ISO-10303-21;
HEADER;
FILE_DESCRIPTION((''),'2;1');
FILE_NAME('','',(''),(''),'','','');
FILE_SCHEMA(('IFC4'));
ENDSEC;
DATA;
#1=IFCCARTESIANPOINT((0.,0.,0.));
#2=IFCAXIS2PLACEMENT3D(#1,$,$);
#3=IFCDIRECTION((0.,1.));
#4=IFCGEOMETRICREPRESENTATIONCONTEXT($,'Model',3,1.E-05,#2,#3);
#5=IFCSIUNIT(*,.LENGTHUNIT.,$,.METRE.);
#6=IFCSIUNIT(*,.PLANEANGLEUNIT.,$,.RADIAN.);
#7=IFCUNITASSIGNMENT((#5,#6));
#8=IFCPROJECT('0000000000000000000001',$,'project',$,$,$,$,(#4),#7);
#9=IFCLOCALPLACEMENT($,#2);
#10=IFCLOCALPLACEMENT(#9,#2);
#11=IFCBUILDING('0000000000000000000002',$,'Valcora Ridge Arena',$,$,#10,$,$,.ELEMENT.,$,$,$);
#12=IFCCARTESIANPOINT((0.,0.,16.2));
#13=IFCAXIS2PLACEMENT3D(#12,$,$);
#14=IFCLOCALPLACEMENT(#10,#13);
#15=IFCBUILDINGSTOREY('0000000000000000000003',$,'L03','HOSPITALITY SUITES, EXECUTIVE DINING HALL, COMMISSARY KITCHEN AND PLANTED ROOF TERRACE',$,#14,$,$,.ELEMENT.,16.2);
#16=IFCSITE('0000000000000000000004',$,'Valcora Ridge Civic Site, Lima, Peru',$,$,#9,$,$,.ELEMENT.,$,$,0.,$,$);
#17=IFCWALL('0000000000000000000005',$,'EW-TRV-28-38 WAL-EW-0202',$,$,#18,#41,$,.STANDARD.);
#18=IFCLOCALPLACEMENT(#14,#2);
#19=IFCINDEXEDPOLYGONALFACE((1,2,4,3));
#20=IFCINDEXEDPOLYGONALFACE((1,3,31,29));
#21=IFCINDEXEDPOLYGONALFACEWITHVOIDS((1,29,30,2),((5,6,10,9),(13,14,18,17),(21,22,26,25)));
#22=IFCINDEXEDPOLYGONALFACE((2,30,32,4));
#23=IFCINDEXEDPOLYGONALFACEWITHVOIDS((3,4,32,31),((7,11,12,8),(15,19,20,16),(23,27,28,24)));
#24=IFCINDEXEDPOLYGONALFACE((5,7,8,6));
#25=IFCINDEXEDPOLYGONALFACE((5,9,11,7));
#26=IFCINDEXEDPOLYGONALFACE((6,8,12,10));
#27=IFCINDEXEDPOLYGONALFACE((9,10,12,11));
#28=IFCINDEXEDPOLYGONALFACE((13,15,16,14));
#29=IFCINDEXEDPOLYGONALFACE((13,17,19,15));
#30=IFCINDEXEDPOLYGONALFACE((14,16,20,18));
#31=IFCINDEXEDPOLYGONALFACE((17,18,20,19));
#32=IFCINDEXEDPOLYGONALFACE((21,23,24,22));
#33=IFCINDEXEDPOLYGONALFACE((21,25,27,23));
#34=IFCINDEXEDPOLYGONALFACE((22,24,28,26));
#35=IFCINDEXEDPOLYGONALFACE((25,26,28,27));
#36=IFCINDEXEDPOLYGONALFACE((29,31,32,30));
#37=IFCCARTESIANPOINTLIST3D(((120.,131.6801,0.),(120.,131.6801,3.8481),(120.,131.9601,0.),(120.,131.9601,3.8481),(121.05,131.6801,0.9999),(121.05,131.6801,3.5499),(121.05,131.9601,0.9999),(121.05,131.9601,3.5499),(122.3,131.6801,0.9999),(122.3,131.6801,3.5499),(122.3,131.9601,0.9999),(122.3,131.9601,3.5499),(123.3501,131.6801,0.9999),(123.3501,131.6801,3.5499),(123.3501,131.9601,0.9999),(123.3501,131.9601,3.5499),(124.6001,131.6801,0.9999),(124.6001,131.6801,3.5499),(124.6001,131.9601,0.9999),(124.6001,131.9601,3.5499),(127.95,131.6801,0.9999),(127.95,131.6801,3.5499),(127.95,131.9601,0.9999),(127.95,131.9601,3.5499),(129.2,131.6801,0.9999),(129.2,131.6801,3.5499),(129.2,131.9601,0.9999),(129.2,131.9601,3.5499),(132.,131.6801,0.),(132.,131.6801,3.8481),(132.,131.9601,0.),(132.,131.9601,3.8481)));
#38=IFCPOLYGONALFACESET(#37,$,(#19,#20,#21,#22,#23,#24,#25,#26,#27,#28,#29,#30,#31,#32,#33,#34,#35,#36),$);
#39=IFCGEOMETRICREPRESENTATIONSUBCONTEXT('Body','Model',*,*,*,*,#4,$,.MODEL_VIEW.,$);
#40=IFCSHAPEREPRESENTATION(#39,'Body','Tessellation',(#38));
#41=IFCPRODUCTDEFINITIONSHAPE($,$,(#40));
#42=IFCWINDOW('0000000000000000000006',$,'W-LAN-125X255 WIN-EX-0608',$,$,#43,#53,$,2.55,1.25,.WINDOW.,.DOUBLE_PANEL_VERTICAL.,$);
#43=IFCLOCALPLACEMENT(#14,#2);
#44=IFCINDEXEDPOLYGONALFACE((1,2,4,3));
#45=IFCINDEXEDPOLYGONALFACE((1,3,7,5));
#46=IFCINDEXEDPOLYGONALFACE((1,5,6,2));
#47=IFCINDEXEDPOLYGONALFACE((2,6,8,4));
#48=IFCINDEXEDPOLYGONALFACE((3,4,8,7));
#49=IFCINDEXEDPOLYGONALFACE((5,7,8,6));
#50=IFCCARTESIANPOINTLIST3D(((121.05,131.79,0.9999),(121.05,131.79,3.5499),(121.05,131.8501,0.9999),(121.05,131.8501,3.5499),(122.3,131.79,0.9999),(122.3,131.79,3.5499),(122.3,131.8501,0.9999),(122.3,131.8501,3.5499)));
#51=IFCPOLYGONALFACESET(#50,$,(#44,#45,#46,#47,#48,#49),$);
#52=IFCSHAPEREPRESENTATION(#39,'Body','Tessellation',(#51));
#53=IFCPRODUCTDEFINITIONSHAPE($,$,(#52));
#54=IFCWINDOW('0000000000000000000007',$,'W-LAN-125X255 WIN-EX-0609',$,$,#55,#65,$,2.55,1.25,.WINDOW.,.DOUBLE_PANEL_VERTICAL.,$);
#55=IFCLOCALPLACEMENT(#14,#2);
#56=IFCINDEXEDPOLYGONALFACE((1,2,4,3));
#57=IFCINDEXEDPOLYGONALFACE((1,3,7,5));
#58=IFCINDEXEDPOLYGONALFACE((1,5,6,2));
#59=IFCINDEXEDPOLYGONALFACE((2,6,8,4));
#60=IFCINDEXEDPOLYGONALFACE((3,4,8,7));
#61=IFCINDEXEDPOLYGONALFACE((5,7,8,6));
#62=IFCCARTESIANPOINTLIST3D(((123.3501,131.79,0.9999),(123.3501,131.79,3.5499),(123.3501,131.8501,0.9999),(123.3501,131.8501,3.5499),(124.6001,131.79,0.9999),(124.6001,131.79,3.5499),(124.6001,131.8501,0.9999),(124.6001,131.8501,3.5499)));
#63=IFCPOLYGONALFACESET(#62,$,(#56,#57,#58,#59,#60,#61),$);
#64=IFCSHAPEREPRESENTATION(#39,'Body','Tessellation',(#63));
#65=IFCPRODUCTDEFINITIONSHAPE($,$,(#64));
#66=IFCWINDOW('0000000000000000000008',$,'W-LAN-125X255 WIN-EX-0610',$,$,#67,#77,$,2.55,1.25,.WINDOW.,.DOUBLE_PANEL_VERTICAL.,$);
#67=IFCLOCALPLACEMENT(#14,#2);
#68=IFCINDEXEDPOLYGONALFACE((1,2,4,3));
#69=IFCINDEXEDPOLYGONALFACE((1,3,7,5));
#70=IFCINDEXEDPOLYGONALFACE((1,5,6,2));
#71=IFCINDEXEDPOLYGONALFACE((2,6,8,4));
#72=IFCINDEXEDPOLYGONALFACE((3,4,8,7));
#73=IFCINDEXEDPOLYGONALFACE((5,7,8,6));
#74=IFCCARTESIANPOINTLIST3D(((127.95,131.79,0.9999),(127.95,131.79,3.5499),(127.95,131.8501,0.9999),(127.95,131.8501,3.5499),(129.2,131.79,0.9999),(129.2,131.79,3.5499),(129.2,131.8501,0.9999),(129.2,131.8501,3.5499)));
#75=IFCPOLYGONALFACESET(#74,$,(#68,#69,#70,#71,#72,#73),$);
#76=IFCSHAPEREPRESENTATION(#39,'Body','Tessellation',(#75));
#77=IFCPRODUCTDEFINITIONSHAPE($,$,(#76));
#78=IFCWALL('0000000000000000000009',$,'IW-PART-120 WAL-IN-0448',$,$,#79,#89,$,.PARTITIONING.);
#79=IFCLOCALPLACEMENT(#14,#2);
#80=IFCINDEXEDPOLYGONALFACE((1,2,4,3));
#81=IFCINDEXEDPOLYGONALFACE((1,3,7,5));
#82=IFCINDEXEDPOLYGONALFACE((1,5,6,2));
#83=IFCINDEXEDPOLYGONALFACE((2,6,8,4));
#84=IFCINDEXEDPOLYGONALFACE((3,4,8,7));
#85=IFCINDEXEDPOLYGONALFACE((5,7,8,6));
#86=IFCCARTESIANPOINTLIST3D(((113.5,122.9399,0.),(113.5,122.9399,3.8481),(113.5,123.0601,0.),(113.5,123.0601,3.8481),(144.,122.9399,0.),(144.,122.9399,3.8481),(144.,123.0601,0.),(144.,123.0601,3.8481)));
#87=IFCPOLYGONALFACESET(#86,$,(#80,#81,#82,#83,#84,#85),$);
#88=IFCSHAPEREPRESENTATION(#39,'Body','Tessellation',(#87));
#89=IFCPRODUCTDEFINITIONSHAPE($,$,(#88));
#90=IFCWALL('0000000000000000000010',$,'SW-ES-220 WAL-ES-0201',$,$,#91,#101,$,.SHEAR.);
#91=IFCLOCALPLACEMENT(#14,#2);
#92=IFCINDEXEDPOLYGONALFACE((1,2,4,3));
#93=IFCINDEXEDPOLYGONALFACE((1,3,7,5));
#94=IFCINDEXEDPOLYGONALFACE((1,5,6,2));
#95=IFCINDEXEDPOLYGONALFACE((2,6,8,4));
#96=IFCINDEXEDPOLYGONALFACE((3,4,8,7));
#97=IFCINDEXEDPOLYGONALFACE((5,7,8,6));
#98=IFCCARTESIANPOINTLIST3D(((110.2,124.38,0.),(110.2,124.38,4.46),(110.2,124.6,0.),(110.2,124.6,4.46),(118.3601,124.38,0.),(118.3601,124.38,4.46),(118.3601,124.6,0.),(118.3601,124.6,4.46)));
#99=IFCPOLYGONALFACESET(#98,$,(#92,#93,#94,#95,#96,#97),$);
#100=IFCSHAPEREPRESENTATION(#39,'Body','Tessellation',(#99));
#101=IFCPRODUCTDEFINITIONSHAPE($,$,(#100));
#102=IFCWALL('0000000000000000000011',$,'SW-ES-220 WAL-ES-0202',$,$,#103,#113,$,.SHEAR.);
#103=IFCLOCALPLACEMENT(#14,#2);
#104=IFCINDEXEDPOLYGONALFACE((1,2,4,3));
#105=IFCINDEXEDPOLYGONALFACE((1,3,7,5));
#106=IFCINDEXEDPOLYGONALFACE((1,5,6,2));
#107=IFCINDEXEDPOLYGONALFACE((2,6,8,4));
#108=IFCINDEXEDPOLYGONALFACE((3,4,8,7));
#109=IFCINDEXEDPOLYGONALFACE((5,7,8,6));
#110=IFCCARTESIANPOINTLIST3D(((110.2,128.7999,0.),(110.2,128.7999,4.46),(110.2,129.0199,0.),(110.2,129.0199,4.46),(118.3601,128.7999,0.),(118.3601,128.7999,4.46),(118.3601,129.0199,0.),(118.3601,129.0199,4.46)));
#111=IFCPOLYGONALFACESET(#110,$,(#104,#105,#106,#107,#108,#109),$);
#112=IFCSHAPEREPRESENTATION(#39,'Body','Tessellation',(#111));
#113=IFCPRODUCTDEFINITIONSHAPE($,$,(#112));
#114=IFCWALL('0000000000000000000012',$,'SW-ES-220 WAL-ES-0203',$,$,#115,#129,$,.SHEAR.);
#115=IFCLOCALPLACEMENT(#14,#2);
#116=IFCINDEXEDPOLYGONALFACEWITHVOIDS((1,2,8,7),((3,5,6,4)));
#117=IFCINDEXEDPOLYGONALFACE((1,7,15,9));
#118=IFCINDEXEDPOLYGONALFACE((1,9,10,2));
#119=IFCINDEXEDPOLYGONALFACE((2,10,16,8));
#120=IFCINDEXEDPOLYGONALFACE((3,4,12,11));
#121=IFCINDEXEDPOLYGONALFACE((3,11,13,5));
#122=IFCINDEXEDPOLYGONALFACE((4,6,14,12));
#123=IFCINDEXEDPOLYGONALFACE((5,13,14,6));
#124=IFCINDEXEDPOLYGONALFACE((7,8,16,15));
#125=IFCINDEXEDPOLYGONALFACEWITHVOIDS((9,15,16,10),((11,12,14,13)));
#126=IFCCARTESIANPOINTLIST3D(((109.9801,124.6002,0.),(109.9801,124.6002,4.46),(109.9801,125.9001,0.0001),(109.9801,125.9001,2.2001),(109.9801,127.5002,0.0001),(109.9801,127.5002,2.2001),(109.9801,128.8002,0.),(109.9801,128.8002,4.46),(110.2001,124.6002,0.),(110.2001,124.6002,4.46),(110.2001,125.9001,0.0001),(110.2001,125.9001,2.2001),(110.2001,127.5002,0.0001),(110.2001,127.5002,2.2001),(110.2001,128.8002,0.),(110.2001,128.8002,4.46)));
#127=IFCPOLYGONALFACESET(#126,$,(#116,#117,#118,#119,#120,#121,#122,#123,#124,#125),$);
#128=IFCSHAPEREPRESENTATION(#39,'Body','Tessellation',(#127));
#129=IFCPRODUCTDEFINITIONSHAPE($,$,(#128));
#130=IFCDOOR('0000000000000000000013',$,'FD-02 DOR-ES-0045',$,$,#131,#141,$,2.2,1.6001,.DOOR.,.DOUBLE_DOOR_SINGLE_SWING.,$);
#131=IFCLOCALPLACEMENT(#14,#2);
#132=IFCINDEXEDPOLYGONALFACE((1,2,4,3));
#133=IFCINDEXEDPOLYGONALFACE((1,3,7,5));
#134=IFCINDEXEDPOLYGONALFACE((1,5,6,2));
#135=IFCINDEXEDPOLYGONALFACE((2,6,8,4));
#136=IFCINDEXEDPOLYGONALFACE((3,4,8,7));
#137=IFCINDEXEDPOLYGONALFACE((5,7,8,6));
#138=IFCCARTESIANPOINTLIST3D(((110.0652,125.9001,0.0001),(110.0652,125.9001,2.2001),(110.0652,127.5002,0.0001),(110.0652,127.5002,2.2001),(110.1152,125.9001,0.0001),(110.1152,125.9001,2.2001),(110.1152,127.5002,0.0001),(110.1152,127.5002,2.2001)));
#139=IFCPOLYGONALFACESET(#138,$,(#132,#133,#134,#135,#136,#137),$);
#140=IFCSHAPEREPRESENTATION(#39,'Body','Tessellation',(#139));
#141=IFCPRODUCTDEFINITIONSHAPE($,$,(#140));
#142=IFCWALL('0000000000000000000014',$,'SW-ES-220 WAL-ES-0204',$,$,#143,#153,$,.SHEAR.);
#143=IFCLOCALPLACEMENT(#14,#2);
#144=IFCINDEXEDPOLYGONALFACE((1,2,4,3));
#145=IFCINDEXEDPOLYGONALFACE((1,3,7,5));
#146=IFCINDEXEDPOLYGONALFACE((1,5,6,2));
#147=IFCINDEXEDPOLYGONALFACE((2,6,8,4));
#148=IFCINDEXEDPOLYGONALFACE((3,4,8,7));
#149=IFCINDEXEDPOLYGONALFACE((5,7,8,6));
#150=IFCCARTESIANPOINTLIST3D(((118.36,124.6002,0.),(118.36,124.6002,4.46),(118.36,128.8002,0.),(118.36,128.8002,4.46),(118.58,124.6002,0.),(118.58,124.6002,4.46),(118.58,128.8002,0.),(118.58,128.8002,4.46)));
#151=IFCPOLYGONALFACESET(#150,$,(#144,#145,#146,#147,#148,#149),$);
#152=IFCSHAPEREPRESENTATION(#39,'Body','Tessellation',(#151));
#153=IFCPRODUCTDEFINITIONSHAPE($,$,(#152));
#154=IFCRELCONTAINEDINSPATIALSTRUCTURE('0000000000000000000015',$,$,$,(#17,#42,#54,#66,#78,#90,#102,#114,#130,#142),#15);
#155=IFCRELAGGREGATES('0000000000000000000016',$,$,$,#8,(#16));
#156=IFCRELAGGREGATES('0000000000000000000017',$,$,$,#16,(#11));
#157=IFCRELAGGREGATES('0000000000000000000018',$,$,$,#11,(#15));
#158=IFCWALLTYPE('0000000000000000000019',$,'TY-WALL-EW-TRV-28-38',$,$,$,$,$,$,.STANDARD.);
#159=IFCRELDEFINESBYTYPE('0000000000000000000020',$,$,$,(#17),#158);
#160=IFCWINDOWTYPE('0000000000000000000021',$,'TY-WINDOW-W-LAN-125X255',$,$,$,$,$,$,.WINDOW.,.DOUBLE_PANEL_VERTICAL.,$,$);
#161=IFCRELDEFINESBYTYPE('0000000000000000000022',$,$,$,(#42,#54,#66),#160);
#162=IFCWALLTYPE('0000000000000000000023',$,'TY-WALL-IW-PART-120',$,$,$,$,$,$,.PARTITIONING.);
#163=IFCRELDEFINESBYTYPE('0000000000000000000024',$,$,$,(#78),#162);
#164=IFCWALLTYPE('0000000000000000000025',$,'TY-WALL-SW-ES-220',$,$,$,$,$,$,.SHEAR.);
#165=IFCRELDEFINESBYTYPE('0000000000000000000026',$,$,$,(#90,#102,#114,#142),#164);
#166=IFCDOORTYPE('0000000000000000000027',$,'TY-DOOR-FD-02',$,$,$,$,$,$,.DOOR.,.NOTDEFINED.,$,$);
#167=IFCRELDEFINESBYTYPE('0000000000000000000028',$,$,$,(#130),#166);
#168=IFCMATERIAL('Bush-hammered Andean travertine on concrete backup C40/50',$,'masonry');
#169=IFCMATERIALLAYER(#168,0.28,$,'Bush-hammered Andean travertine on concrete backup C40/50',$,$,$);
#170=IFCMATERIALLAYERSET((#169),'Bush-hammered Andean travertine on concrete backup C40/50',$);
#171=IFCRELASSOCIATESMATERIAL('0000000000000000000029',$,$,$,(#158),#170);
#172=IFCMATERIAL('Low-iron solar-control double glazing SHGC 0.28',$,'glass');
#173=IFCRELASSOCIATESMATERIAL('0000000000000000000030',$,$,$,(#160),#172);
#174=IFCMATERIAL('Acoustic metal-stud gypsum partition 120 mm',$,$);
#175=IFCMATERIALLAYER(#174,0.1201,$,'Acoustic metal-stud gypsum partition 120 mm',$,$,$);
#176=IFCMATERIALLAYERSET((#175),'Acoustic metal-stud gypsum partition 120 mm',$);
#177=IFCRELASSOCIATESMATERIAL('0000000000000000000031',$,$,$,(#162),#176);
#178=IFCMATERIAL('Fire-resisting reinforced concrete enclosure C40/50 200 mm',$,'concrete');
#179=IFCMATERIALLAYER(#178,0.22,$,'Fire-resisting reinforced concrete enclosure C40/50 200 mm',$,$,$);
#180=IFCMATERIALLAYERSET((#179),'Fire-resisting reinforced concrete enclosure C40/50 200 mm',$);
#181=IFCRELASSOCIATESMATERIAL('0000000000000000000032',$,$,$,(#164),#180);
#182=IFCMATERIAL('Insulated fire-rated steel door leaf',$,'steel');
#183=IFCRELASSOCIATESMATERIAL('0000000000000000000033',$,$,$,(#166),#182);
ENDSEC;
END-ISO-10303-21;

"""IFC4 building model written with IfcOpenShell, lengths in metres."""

from ifc_helpers import new_model, si_unit, direction, frame, frame_2d, origin, place, context, subcontext, project, spatial, rectangle, extrude, material, layer, layer_set, type_object, element, fill, save


model = new_model("IFC4")

# Units and contexts
model_context = context("Model", 3, precision=1e-05, world=origin(), true_north=direction((0.0, 1.0)))
body_context = subcontext(model_context, "Body", "Model", "MODEL_VIEW")
ifc_project = project(units=[si_unit("LENGTHUNIT", "METRE"), si_unit("PLANEANGLEUNIT", "RADIAN")], contexts=[model_context])

# Site, building, storey
site_placement = place(None, origin())
site = spatial("IfcSite", under=ifc_project, at=site_placement, Name="Valcora Ridge Civic Site, Lima, Peru", CompositionType="ELEMENT", RefElevation=0.0)
building_placement = place(site_placement, origin())
building = spatial("IfcBuilding", under=site, at=building_placement, Name="Valcora Ridge Arena", CompositionType="ELEMENT")
storey_placement = place(building_placement, frame((0.0, 0.0, 16.2)))
storey = spatial("IfcBuildingStorey", under=building, at=storey_placement, Name="L03", Description="HOSPITALITY SUITES, EXECUTIVE DINING HALL, COMMISSARY KITCHEN AND PLANTED ROOF TERRACE", CompositionType="ELEMENT", Elevation=16.2)

# Wall, openings, windows
ifc_material_1 = material(Name="Bush-hammered Andean travertine on concrete backup C40/50", Category="masonry")
ifc_layer_1 = layer(ifc_material_1, 0.28, Name="Bush-hammered Andean travertine on concrete backup C40/50")
ifc_layer_set_1 = layer_set([ifc_layer_1], Name="Bush-hammered Andean travertine on concrete backup C40/50")
wall_type_1 = type_object("IfcWallType", Name="TY-WALL-EW-TRV-28-38", PredefinedType="STANDARD", material=ifc_layer_set_1)
wall_1_placement = place(storey_placement, frame((120.0, 131.8201, 0.0), z_axis=(0.0, 0.0, 1.0), x_axis=(1.0, 0.0, 0.0)))
wall_1 = element("IfcWall", 1, at=wall_1_placement, inside=storey, type_object=wall_type_1, Name="EW-TRV-28-38 WAL-EW-0202", PredefinedType="STANDARD", context=body_context, shape_type="SweptSolid", body=[
    extrude(rectangle(XDim=12.0, YDim=0.28, at=frame_2d((6.0, 0.0))), origin(), (0.0, 0.0, 1.0), 3.8481),
])
opening_1_placement = place(wall_1_placement, frame((1.05, 0.0, 1.0)))
opening_1 = element("IfcOpeningElement", 2, at=opening_1_placement, cuts=wall_1, PredefinedType="OPENING", context=body_context, shape_type="SweptSolid", body=[
    extrude(rectangle(XDim=1.25, YDim=2.55, at=frame_2d((0.625, 1.2749))), frame((0.0, 0.1499, 0.0), z_axis=(0.0, -1.0, 0.0), x_axis=(1.0, 0.0, 0.0)), (0.0, 0.0, 1.0), 0.3),
])
opening_2_placement = place(wall_1_placement, frame((3.3501, 0.0, 1.0)))
opening_2 = element("IfcOpeningElement", 3, at=opening_2_placement, cuts=wall_1, PredefinedType="OPENING", context=body_context, shape_type="SweptSolid", body=[
    extrude(rectangle(XDim=1.25, YDim=2.55, at=frame_2d((0.625, 1.2749))), frame((0.0, 0.1499, 0.0), z_axis=(0.0, -1.0, 0.0), x_axis=(1.0, 0.0, 0.0)), (0.0, 0.0, 1.0), 0.3),
])
opening_3_placement = place(wall_1_placement, frame((7.95, 0.0, 1.0)))
opening_3 = element("IfcOpeningElement", 4, at=opening_3_placement, cuts=wall_1, PredefinedType="OPENING", context=body_context, shape_type="SweptSolid", body=[
    extrude(rectangle(XDim=1.25, YDim=2.55, at=frame_2d((0.625, 1.2749))), frame((0.0, 0.1499, 0.0), z_axis=(0.0, -1.0, 0.0), x_axis=(1.0, 0.0, 0.0)), (0.0, 0.0, 1.0), 0.3),
])
ifc_material_2 = material(Name="Low-iron solar-control double glazing SHGC 0.28", Category="glass")
window_type = type_object("IfcWindowType", Name="TY-WINDOW-W-LAN-125X255", PartitioningType="DOUBLE_PANEL_VERTICAL", PredefinedType="WINDOW", material=ifc_material_2)
window_1_placement = place(opening_1_placement, origin())
window_1 = element("IfcWindow", 5, at=window_1_placement, inside=storey, type_object=window_type, Name="W-LAN-125X255 WIN-EX-0608", OverallHeight=2.55, OverallWidth=1.25, PartitioningType="DOUBLE_PANEL_VERTICAL", PredefinedType="WINDOW", context=body_context, shape_type="SweptSolid", body=[
    extrude(rectangle(XDim=1.25, YDim=2.55, at=frame_2d((0.625, 1.2749))), frame((0.0, 0.03, 0.0), z_axis=(0.0, -1.0, 0.0), x_axis=(1.0, 0.0, 0.0)), (0.0, 0.0, 1.0), 0.0601),
])
fill(opening_1, window_1)
window_2_placement = place(opening_2_placement, origin())
window_2 = element("IfcWindow", 6, at=window_2_placement, inside=storey, type_object=window_type, Name="W-LAN-125X255 WIN-EX-0609", OverallHeight=2.55, OverallWidth=1.25, PartitioningType="DOUBLE_PANEL_VERTICAL", PredefinedType="WINDOW", context=body_context, shape_type="SweptSolid", body=[
    extrude(rectangle(XDim=1.25, YDim=2.55, at=frame_2d((0.625, 1.2749))), frame((0.0, 0.03, 0.0), z_axis=(0.0, -1.0, 0.0), x_axis=(1.0, 0.0, 0.0)), (0.0, 0.0, 1.0), 0.0601),
])
fill(opening_2, window_2)
window_3_placement = place(opening_3_placement, origin())
window_3 = element("IfcWindow", 7, at=window_3_placement, inside=storey, type_object=window_type, Name="W-LAN-125X255 WIN-EX-0610", OverallHeight=2.55, OverallWidth=1.25, PartitioningType="DOUBLE_PANEL_VERTICAL", PredefinedType="WINDOW", context=body_context, shape_type="SweptSolid", body=[
    extrude(rectangle(XDim=1.25, YDim=2.55, at=frame_2d((0.625, 1.2749))), frame((0.0, 0.03, 0.0), z_axis=(0.0, -1.0, 0.0), x_axis=(1.0, 0.0, 0.0)), (0.0, 0.0, 1.0), 0.0601),
])
fill(opening_3, window_3)

# Walls
ifc_material_3 = material(Name="Acoustic metal-stud gypsum partition 120 mm")
ifc_layer_2 = layer(ifc_material_3, 0.1201, Name="Acoustic metal-stud gypsum partition 120 mm")
ifc_layer_set_2 = layer_set([ifc_layer_2], Name="Acoustic metal-stud gypsum partition 120 mm")
wall_type_2 = type_object("IfcWallType", Name="TY-WALL-IW-PART-120", PredefinedType="PARTITIONING", material=ifc_layer_set_2)
wall_2_placement = place(storey_placement, frame((113.5, 123.0, 0.0), z_axis=(0.0, 0.0, 1.0), x_axis=(1.0, 0.0, 0.0)))
element("IfcWall", 8, at=wall_2_placement, inside=storey, type_object=wall_type_2, Name="IW-PART-120 WAL-IN-0448", PredefinedType="PARTITIONING", context=body_context, shape_type="SweptSolid", body=[
    extrude(rectangle(XDim=30.5, YDim=0.1201, at=frame_2d((15.25, 0.0))), origin(), (0.0, 0.0, 1.0), 3.8481),
])
ifc_material_4 = material(Name="Fire-resisting reinforced concrete enclosure C40/50 200 mm", Category="concrete")
ifc_layer_3 = layer(ifc_material_4, 0.22, Name="Fire-resisting reinforced concrete enclosure C40/50 200 mm")
ifc_layer_set_3 = layer_set([ifc_layer_3], Name="Fire-resisting reinforced concrete enclosure C40/50 200 mm")
wall_type_3 = type_object("IfcWallType", Name="TY-WALL-SW-ES-220", PredefinedType="SHEAR", material=ifc_layer_set_3)
for number, where, z_axis, x_axis, name in (
    (9, (110.2, 124.49, 0.0), (0.0, 0.0, 1.0), (1.0, 0.0, 0.0), "SW-ES-220 WAL-ES-0201"),
    (10, (110.2, 128.9099, 0.0), (0.0, 0.0, 1.0), (1.0, 0.0, 0.0), "SW-ES-220 WAL-ES-0202"),
):
    element("IfcWall", number, at=place(storey_placement, frame(where, z_axis=z_axis, x_axis=x_axis)), inside=storey, type_object=wall_type_3, Name=name, PredefinedType="SHEAR", context=body_context, shape_type="SweptSolid", body=[
        extrude(rectangle(XDim=8.1602, YDim=0.22, at=frame_2d((4.0801, 0.0))), origin(), (0.0, 0.0, 1.0), 4.46),
    ])

# Wall, opening, door
wall_3_placement = place(storey_placement, frame((110.0901, 124.6001, 0.0), z_axis=(0.0, 0.0, 1.0), x_axis=(0.0, 1.0, 0.0)))
wall_3 = element("IfcWall", 11, at=wall_3_placement, inside=storey, type_object=wall_type_3, Name="SW-ES-220 WAL-ES-0203", PredefinedType="SHEAR", context=body_context, shape_type="SweptSolid", body=[
    extrude(rectangle(XDim=4.2, YDim=0.22, at=frame_2d((2.1001, 0.0))), origin(), (0.0, 0.0, 1.0), 4.46),
])
opening_4_placement = place(wall_3_placement, frame((1.3, 0.0, 0.0)))
opening_4 = element("IfcOpeningElement", 12, at=opening_4_placement, cuts=wall_3, PredefinedType="OPENING", context=body_context, shape_type="SweptSolid", body=[
    extrude(rectangle(XDim=1.6001, YDim=2.2, at=frame_2d((0.8, 1.1001))), frame((0.0, 0.1199, 0.0), z_axis=(0.0, -1.0, 0.0), x_axis=(1.0, 0.0, 0.0)), (0.0, 0.0, 1.0), 0.24),
])
ifc_material_5 = material(Name="Insulated fire-rated steel door leaf", Category="steel")
door_type = type_object("IfcDoorType", Name="TY-DOOR-FD-02", OperationType="NOTDEFINED", PredefinedType="DOOR", material=ifc_material_5)
door_placement = place(opening_4_placement, origin())
door = element("IfcDoor", 13, at=door_placement, inside=storey, type_object=door_type, Name="FD-02 DOR-ES-0045", OperationType="DOUBLE_DOOR_SINGLE_SWING", OverallHeight=2.2, OverallWidth=1.6001, PredefinedType="DOOR", context=body_context, shape_type="SweptSolid", body=[
    extrude(rectangle(XDim=1.6001, YDim=2.2, at=frame_2d((0.8, 1.1001))), frame((0.0, 0.0249, 0.0), z_axis=(0.0, -1.0, 0.0), x_axis=(1.0, 0.0, 0.0)), (0.0, 0.0, 1.0), 0.05),
])
fill(opening_4, door)

# Wall
wall_4_placement = place(storey_placement, frame((118.47, 124.6001, 0.0), z_axis=(0.0, 0.0, 1.0), x_axis=(0.0, 1.0, 0.0)))
element("IfcWall", 14, at=wall_4_placement, inside=storey, type_object=wall_type_3, Name="SW-ES-220 WAL-ES-0204", PredefinedType="SHEAR", context=body_context, shape_type="SweptSolid", body=[
    extrude(rectangle(XDim=4.2, YDim=0.22, at=frame_2d((2.1001, 0.0))), origin(), (0.0, 0.0, 1.0), 4.46),
])

save(model, "model.ifc")
